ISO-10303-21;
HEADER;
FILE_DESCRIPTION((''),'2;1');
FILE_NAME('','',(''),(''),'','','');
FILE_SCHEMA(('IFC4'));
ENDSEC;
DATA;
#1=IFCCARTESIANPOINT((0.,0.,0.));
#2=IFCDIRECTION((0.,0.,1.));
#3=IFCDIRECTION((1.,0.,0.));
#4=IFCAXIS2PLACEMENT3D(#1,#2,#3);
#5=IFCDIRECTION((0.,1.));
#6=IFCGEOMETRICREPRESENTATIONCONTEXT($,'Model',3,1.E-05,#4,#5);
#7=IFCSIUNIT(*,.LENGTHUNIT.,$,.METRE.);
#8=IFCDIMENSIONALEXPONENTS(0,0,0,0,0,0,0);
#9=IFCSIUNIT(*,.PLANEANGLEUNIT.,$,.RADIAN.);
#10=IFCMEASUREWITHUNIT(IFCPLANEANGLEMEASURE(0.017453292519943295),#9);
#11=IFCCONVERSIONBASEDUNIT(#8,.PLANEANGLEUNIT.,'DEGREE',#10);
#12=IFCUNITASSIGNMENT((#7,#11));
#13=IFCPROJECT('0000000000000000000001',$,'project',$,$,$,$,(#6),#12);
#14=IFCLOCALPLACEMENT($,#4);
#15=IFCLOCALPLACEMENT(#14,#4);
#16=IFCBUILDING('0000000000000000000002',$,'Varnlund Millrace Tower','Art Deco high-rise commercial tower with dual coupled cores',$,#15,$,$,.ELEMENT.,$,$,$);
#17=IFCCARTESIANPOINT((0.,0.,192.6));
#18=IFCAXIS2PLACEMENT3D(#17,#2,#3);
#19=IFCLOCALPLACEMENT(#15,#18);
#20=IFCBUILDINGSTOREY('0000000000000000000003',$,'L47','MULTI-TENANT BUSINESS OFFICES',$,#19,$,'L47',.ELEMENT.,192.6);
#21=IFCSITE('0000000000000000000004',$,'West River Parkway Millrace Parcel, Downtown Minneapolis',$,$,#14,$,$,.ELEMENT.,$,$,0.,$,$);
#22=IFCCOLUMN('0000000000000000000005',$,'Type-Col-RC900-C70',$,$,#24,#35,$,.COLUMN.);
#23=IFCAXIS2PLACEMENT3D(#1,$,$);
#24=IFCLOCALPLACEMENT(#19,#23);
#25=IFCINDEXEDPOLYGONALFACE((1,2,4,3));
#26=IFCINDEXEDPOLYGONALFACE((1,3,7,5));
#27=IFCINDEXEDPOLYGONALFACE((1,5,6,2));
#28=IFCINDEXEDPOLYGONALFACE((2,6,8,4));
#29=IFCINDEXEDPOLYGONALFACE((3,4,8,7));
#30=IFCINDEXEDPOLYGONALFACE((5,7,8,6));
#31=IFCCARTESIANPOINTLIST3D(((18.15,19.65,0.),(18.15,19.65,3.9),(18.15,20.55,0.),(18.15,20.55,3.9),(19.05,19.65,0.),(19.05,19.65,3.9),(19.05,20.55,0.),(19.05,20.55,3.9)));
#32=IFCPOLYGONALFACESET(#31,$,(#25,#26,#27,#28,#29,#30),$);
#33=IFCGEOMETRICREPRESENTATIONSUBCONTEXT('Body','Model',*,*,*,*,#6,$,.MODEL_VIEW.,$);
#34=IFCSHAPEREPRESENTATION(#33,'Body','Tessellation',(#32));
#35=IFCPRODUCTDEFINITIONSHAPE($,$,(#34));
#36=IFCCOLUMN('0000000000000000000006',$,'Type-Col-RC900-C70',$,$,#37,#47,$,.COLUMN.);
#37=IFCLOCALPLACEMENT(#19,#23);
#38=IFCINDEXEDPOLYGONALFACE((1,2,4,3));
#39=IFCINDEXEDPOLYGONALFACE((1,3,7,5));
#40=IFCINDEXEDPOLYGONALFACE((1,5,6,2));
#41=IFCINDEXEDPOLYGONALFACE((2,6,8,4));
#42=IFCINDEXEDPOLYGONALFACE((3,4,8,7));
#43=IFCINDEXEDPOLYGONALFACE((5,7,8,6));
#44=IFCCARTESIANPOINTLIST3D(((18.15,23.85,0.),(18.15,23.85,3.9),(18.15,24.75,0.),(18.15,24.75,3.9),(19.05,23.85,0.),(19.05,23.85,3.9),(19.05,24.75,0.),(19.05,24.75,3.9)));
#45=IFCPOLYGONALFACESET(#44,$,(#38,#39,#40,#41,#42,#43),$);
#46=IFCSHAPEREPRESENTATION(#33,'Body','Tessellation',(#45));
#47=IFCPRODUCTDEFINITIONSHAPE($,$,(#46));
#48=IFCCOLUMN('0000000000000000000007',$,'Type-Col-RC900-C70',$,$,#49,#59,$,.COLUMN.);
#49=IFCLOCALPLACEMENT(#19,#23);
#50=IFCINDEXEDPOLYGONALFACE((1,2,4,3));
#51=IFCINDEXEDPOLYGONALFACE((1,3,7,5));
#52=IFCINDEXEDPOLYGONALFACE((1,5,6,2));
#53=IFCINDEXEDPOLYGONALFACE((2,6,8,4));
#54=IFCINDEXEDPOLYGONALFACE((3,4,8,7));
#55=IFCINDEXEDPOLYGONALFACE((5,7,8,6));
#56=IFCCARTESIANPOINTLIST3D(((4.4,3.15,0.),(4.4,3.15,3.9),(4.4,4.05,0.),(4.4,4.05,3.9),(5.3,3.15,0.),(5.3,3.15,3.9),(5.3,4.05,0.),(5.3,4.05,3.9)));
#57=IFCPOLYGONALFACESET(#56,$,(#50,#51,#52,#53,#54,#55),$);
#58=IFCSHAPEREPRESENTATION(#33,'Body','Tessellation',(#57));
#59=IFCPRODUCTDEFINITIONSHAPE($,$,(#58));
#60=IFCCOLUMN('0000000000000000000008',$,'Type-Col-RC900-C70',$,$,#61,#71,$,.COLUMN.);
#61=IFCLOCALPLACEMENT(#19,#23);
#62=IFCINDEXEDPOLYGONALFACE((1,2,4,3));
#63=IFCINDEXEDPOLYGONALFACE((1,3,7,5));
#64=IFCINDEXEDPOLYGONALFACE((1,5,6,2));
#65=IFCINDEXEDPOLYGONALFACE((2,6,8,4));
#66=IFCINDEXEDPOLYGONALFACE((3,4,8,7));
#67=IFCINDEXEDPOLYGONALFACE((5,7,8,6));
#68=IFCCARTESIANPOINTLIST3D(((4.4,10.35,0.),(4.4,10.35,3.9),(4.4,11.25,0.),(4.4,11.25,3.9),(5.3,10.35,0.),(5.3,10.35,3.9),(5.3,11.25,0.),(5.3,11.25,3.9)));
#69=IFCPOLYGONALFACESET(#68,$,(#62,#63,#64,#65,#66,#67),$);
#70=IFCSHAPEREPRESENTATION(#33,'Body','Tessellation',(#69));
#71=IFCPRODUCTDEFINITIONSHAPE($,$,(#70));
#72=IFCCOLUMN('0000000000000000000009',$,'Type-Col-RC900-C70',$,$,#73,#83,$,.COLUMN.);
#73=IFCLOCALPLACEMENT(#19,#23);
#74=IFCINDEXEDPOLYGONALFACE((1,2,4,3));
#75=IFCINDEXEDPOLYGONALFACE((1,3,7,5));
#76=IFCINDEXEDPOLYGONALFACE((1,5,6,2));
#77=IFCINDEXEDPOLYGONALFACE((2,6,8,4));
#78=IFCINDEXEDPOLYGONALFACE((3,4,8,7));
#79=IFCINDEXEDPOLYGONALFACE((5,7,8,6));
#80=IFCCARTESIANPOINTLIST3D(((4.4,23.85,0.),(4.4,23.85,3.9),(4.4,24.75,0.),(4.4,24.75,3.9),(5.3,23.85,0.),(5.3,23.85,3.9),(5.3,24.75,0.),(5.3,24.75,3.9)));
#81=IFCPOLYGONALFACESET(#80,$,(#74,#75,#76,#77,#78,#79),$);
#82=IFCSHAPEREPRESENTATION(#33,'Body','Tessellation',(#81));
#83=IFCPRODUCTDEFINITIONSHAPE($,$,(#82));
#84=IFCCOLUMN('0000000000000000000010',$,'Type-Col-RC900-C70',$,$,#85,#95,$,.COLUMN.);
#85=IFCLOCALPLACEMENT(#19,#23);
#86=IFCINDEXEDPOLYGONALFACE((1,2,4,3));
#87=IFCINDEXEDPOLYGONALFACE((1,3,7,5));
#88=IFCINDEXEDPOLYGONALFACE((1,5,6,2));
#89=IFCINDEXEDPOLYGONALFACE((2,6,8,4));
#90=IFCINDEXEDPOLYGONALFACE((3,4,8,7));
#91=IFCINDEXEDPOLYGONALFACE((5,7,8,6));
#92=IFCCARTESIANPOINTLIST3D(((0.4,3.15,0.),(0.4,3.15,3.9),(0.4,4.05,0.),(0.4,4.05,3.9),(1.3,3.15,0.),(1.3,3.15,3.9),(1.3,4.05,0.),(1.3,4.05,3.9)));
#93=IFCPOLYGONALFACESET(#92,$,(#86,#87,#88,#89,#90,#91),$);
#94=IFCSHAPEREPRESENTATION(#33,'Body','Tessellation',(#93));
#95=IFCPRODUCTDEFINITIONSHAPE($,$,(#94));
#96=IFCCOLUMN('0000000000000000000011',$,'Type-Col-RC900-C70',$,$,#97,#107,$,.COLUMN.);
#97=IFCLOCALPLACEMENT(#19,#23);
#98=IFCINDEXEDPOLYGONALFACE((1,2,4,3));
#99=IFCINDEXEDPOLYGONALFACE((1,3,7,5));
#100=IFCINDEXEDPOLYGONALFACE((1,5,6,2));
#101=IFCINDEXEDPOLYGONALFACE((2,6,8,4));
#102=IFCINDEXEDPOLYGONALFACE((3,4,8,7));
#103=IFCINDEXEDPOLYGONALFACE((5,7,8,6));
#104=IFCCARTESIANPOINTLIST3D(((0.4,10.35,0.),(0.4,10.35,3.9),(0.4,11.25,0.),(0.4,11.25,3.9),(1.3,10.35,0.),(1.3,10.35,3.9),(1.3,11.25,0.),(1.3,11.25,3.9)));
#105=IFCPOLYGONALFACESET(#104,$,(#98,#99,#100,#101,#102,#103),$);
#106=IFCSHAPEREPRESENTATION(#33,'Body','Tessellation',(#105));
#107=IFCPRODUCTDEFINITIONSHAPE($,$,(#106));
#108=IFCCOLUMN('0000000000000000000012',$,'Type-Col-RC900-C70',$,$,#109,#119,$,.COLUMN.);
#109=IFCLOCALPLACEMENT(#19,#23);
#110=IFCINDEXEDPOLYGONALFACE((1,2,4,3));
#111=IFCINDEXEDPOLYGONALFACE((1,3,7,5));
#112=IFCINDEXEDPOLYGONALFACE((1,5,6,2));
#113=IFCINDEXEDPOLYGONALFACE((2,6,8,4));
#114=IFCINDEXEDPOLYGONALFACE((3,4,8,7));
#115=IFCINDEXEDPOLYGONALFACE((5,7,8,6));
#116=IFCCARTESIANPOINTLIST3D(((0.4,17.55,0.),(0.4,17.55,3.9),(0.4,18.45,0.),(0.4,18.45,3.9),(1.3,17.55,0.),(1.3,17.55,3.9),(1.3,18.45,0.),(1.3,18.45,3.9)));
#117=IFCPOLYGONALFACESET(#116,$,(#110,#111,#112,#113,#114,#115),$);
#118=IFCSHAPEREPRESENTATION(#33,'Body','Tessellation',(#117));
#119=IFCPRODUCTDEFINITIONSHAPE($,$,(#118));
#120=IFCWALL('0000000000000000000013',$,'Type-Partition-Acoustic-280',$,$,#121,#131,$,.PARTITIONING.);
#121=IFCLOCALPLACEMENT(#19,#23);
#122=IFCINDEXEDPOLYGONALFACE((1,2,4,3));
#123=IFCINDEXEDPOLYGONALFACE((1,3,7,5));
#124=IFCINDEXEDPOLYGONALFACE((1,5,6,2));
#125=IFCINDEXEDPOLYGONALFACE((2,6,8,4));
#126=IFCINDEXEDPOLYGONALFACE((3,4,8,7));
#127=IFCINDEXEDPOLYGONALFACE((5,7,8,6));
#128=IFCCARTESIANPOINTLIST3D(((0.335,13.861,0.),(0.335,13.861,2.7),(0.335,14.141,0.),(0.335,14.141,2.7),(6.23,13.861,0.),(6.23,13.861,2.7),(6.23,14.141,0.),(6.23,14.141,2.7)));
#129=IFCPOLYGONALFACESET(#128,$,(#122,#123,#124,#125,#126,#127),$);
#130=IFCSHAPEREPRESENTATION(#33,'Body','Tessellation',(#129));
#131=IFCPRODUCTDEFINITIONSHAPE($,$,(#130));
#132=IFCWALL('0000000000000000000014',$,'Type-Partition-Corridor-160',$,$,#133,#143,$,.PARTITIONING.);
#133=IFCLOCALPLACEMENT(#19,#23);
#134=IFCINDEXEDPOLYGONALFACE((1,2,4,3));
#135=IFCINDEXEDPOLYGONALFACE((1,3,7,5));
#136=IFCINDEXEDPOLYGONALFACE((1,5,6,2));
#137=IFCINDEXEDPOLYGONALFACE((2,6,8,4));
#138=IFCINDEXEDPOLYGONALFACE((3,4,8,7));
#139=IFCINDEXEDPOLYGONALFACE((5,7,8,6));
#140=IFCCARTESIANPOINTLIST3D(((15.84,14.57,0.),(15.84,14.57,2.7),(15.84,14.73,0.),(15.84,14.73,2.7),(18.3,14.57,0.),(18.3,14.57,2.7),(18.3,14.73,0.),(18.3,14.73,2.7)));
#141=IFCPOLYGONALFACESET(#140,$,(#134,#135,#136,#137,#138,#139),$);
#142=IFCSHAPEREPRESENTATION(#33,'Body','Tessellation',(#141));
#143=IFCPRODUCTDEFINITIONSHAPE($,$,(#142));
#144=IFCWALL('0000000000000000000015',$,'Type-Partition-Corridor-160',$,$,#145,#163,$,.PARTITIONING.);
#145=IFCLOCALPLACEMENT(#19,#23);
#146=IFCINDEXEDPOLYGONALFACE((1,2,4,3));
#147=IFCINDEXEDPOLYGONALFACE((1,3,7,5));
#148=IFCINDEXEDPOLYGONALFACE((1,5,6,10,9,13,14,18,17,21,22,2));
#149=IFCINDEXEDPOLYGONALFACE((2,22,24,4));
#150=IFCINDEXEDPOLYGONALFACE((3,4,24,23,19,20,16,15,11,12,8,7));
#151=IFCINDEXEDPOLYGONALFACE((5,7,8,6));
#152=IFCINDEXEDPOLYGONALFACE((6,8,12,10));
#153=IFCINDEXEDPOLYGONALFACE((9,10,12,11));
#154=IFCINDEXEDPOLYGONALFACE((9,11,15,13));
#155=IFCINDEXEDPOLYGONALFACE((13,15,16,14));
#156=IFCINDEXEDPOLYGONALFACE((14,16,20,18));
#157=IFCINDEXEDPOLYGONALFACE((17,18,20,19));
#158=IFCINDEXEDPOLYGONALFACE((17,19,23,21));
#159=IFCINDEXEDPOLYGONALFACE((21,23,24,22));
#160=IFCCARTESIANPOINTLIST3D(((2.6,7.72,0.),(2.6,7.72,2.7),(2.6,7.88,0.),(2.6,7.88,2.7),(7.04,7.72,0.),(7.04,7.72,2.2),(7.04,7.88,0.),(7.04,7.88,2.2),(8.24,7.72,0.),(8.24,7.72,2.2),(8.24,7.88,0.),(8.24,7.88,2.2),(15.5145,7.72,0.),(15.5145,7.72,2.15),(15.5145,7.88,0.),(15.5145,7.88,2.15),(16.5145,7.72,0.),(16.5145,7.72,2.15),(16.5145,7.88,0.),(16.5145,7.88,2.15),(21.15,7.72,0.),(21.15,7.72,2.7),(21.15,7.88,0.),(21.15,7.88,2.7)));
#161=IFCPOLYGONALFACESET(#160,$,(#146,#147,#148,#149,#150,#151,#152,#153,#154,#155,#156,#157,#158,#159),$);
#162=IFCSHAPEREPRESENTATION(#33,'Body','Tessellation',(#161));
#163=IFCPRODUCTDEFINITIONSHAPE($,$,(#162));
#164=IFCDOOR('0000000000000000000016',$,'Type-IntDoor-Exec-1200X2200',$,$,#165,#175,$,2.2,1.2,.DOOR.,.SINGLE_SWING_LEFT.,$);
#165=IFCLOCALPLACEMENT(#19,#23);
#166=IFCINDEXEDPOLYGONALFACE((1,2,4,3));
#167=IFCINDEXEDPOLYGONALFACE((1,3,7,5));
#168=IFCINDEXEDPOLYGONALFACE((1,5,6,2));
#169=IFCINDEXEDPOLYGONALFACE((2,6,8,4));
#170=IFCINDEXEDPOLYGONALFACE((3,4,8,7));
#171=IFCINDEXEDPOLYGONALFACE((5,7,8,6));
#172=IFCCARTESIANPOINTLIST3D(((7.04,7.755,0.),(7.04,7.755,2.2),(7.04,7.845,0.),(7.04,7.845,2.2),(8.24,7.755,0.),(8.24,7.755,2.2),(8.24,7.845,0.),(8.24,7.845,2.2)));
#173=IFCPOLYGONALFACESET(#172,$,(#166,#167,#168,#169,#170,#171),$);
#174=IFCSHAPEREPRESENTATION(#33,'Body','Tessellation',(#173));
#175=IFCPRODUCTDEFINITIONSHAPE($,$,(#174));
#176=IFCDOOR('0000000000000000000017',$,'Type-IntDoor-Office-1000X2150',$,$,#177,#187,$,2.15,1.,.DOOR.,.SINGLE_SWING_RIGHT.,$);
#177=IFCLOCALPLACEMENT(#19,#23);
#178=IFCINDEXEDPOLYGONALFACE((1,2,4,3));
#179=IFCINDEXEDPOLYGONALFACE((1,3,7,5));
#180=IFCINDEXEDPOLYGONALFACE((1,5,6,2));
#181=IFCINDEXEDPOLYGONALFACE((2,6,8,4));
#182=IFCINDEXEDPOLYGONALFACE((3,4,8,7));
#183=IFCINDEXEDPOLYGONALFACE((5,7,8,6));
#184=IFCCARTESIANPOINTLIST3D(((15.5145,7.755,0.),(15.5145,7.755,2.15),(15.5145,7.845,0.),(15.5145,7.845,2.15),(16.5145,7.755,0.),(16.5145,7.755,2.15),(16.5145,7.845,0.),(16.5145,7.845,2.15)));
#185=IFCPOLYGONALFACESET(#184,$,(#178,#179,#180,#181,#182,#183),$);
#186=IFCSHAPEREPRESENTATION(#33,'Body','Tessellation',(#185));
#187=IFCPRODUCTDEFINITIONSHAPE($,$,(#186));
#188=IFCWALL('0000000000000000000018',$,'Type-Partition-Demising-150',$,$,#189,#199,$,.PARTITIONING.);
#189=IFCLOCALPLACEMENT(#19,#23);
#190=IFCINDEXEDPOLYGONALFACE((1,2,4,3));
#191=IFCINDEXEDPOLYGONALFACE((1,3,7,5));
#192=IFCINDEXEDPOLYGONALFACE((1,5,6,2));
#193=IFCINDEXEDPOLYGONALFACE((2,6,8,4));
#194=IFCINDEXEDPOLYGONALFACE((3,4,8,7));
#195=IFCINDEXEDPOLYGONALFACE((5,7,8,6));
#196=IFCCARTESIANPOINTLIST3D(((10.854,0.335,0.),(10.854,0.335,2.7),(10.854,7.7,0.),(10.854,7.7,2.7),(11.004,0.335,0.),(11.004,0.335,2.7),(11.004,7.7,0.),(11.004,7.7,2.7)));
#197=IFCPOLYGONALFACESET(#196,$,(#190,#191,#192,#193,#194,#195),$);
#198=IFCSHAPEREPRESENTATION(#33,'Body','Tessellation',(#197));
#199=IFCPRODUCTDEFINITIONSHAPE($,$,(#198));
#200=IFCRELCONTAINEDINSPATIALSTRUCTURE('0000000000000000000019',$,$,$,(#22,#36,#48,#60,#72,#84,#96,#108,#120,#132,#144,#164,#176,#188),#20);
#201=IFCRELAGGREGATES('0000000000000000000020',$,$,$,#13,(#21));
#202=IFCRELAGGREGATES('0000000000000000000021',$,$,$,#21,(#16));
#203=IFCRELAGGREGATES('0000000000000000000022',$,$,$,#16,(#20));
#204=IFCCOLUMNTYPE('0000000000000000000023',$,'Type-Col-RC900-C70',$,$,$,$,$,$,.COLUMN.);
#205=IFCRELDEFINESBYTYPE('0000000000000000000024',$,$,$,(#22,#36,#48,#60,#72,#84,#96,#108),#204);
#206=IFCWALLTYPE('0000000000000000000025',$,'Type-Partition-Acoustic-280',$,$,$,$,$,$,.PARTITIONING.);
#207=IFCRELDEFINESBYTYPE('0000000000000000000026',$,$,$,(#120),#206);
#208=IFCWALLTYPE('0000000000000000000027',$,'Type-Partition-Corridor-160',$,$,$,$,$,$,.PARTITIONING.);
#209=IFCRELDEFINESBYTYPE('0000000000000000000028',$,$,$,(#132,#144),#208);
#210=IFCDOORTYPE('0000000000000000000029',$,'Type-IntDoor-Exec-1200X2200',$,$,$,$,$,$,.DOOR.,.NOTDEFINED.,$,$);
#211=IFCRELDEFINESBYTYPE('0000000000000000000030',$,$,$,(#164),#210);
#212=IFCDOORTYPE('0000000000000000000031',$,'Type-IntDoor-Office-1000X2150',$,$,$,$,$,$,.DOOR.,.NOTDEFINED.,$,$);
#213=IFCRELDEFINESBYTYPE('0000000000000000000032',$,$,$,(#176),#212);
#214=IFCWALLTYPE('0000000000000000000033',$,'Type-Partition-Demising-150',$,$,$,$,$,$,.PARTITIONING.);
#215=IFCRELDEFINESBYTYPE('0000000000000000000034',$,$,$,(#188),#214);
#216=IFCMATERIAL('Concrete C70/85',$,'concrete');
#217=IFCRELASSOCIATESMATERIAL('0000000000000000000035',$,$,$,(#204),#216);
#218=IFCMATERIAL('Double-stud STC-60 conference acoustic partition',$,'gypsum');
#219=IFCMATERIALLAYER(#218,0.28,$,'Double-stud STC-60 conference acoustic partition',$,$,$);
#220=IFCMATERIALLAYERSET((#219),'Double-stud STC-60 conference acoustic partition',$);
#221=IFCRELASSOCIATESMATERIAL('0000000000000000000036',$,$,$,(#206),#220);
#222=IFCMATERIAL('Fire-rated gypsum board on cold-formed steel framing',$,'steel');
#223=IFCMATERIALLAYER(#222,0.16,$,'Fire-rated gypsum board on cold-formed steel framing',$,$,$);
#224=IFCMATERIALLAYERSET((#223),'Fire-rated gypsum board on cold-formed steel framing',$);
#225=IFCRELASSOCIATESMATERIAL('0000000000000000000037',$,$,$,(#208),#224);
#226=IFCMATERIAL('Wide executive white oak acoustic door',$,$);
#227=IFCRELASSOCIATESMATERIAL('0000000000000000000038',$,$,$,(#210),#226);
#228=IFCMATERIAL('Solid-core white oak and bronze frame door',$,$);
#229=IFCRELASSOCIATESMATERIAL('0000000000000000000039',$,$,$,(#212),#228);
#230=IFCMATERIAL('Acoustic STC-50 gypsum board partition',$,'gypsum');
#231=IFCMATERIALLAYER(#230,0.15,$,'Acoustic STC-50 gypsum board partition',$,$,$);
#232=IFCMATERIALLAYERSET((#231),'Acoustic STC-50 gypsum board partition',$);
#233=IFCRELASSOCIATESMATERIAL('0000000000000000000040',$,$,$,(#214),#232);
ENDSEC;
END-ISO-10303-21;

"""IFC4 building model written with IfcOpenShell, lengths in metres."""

from ifc_helpers import new_model, entity, si_unit, converted_unit, direction, frame, origin_with_axes, origin_2d_with_axis, place, context, subcontext, project, spatial, polyline, rectangle, outline, extrude, material, layer, layer_set, material_profile, profile_set, type_object, element, fill, save


model = new_model("IFC4")

# Units and contexts
model_context = context("Model", 3, precision=1e-05, world=origin_with_axes(), true_north=direction((0.0, 1.0)))
body_context = subcontext(model_context, "Body", "Model", "MODEL_VIEW")
ifc_project = project(units=[si_unit("LENGTHUNIT", "METRE"), converted_unit("PLANEANGLEUNIT", "DEGREE", entity("IfcPlaneAngleMeasure", 0.017453292519943295), si_unit("PLANEANGLEUNIT", "RADIAN"), dimensions=[0, 0, 0, 0, 0, 0, 0])], contexts=[model_context])

# Site, building, storey
site_placement = place(None, origin_with_axes())
site = spatial("IfcSite", under=ifc_project, at=site_placement, Name="West River Parkway Millrace Parcel, Downtown Minneapolis", CompositionType="ELEMENT", RefElevation=0.0)
building_placement = place(site_placement, origin_with_axes())
building = spatial("IfcBuilding", under=site, at=building_placement, Name="Varnlund Millrace Tower", Description="Art Deco high-rise commercial tower with dual coupled cores", CompositionType="ELEMENT")
storey_placement = place(building_placement, frame((0.0, 0.0, 192.6), z_axis=(0.0, 0.0, 1.0), x_axis=(1.0, 0.0, 0.0)))
storey = spatial("IfcBuildingStorey", under=building, at=storey_placement, Name="L47", Description="MULTI-TENANT BUSINESS OFFICES", LongName="L47", CompositionType="ELEMENT", Elevation=192.6)

# Columns
ifc_material_1 = material(Name="Concrete C70/85", Category="concrete")
ifc_material_profile = material_profile(ifc_material_1, rectangle(XDim=0.9, YDim=0.9, at=origin_2d_with_axis()), Name="Concrete C70/85")
ifc_profile_set = profile_set([ifc_material_profile], Name="Concrete C70/85")
column_type = type_object("IfcColumnType", Name="Type-Col-RC900-C70", PredefinedType="COLUMN", material=ifc_profile_set)
for number, where, z_axis, x_axis, name in (
    (1, (18.6, 20.1, 0.0), (0.0, 0.0, 1.0), (1.0, 0.0, 0.0), "Type-Col-RC900-C70"),
    (2, (18.6, 24.3, 0.0), (0.0, 0.0, 1.0), (1.0, 0.0, 0.0), "Type-Col-RC900-C70"),
    (3, (4.85, 3.6, 0.0), (0.0, 0.0, 1.0), (1.0, 0.0, 0.0), "Type-Col-RC900-C70"),
    (4, (4.85, 10.8, 0.0), (0.0, 0.0, 1.0), (1.0, 0.0, 0.0), "Type-Col-RC900-C70"),
    (5, (4.85, 24.3, 0.0), (0.0, 0.0, 1.0), (1.0, 0.0, 0.0), "Type-Col-RC900-C70"),
    (6, (0.85, 3.6, 0.0), (0.0, 0.0, 1.0), (1.0, 0.0, 0.0), "Type-Col-RC900-C70"),
    (7, (0.85, 10.8, 0.0), (0.0, 0.0, 1.0), (1.0, 0.0, 0.0), "Type-Col-RC900-C70"),
    (8, (0.85, 18.0, 0.0), (0.0, 0.0, 1.0), (1.0, 0.0, 0.0), "Type-Col-RC900-C70"),
):
    element("IfcColumn", number, at=place(storey_placement, frame(where, z_axis=z_axis, x_axis=x_axis)), inside=storey, type_object=column_type, Name=name, PredefinedType="COLUMN", context=body_context, shape_type="SweptSolid", body=[
        extrude(rectangle(XDim=0.9, YDim=0.9, at=origin_2d_with_axis()), origin_with_axes(), (0.0, 0.0, 1.0), 3.9),
    ])

# Walls
ifc_material_2 = material(Name="Double-stud STC-60 conference acoustic partition", Category="gypsum")
ifc_layer_1 = layer(ifc_material_2, 0.28, Name="Double-stud STC-60 conference acoustic partition")
ifc_layer_set_1 = layer_set([ifc_layer_1], Name="Double-stud STC-60 conference acoustic partition")
wall_type_1 = type_object("IfcWallType", Name="Type-Partition-Acoustic-280", PredefinedType="PARTITIONING", material=ifc_layer_set_1)
wall_1_placement = place(storey_placement, frame((0.335, 14.001, 0.0), z_axis=(0.0, 0.0, 1.0), x_axis=(1.0, 0.0, 0.0)))
element("IfcWall", 9, at=wall_1_placement, inside=storey, type_object=wall_type_1, Name="Type-Partition-Acoustic-280", PredefinedType="PARTITIONING", context=body_context, shape_type="SweptSolid", body=[
    extrude(outline(polyline([(0.0, -0.14), (5.895, -0.14), (5.895, 0.14), (0.0, 0.14), (0.0, -0.14)])), origin_with_axes(), (0.0, 0.0, 1.0), 2.7),
])
ifc_material_3 = material(Name="Fire-rated gypsum board on cold-formed steel framing", Category="steel")
ifc_layer_2 = layer(ifc_material_3, 0.16, Name="Fire-rated gypsum board on cold-formed steel framing")
ifc_layer_set_2 = layer_set([ifc_layer_2], Name="Fire-rated gypsum board on cold-formed steel framing")
wall_type_2 = type_object("IfcWallType", Name="Type-Partition-Corridor-160", PredefinedType="PARTITIONING", material=ifc_layer_set_2)
wall_2_placement = place(storey_placement, frame((15.84, 14.65, 0.0), z_axis=(0.0, 0.0, 1.0), x_axis=(1.0, 0.0, 0.0)))
element("IfcWall", 10, at=wall_2_placement, inside=storey, type_object=wall_type_2, Name="Type-Partition-Corridor-160", PredefinedType="PARTITIONING", context=body_context, shape_type="SweptSolid", body=[
    extrude(outline(polyline([(0.0, -0.08), (2.46, -0.08), (2.46, 0.08), (0.0, 0.08), (0.0, -0.08)])), origin_with_axes(), (0.0, 0.0, 1.0), 2.7),
])

# Wall, openings, doors
wall_3_placement = place(storey_placement, frame((2.6, 7.8, 0.0), z_axis=(0.0, 0.0, 1.0), x_axis=(1.0, 0.0, 0.0)))
wall_3 = element("IfcWall", 11, at=wall_3_placement, inside=storey, type_object=wall_type_2, Name="Type-Partition-Corridor-160", PredefinedType="PARTITIONING", context=body_context, shape_type="SweptSolid", body=[
    extrude(outline(polyline([(0.0, -0.08), (18.55, -0.08), (18.55, 0.08), (0.0, 0.08), (0.0, -0.08)])), origin_with_axes(), (0.0, 0.0, 1.0), 2.7),
])
opening_1_placement = place(wall_3_placement, frame((5.04, 0.0, 0.0), z_axis=(0.0, 0.0, 1.0), x_axis=(1.0, 0.0, 0.0)))
opening_1 = element("IfcOpeningElement", 12, at=opening_1_placement, cuts=wall_3, PredefinedType="OPENING", context=body_context, shape_type="SweptSolid", body=[
    extrude(rectangle(XDim=1.2, YDim=0.18, at=origin_2d_with_axis()), origin_with_axes(), (0.0, 0.0, 1.0), 2.2),
])
opening_2_placement = place(wall_3_placement, frame((13.4145, 0.0, 0.0), z_axis=(0.0, 0.0, 1.0), x_axis=(1.0, 0.0, 0.0)))
opening_2 = element("IfcOpeningElement", 13, at=opening_2_placement, cuts=wall_3, PredefinedType="OPENING", context=body_context, shape_type="SweptSolid", body=[
    extrude(rectangle(XDim=1.0, YDim=0.18, at=origin_2d_with_axis()), origin_with_axes(), (0.0, 0.0, 1.0), 2.15),
])
ifc_material_4 = material(Name="Wide executive white oak acoustic door")
door_type_1 = type_object("IfcDoorType", Name="Type-IntDoor-Exec-1200X2200", OperationType="NOTDEFINED", PredefinedType="DOOR", material=ifc_material_4)
door_1_placement = place(wall_3_placement, frame((5.04, 0.0, 0.0), z_axis=(0.0, 0.0, 1.0), x_axis=(1.0, 0.0, 0.0)))
door_1 = element("IfcDoor", 14, at=door_1_placement, inside=storey, type_object=door_type_1, Name="Type-IntDoor-Exec-1200X2200", OperationType="SINGLE_SWING_LEFT", OverallHeight=2.2, OverallWidth=1.2, PredefinedType="DOOR", context=body_context, shape_type="SweptSolid", body=[
    extrude(rectangle(XDim=1.2, YDim=0.09, at=origin_2d_with_axis()), origin_with_axes(), (0.0, 0.0, 1.0), 2.2),
])
fill(opening_1, door_1)
ifc_material_5 = material(Name="Solid-core white oak and bronze frame door")
door_type_2 = type_object("IfcDoorType", Name="Type-IntDoor-Office-1000X2150", OperationType="NOTDEFINED", PredefinedType="DOOR", material=ifc_material_5)
door_2_placement = place(wall_3_placement, frame((13.4145, 0.0, 0.0), z_axis=(0.0, 0.0, 1.0), x_axis=(1.0, 0.0, 0.0)))
door_2 = element("IfcDoor", 15, at=door_2_placement, inside=storey, type_object=door_type_2, Name="Type-IntDoor-Office-1000X2150", OperationType="SINGLE_SWING_RIGHT", OverallHeight=2.15, OverallWidth=1.0, PredefinedType="DOOR", context=body_context, shape_type="SweptSolid", body=[
    extrude(rectangle(XDim=1.0, YDim=0.09, at=origin_2d_with_axis()), origin_with_axes(), (0.0, 0.0, 1.0), 2.15),
])
fill(opening_2, door_2)

# Wall
ifc_material_6 = material(Name="Acoustic STC-50 gypsum board partition", Category="gypsum")
ifc_layer_3 = layer(ifc_material_6, 0.15, Name="Acoustic STC-50 gypsum board partition")
ifc_layer_set_3 = layer_set([ifc_layer_3], Name="Acoustic STC-50 gypsum board partition")
wall_type_3 = type_object("IfcWallType", Name="Type-Partition-Demising-150", PredefinedType="PARTITIONING", material=ifc_layer_set_3)
wall_4_placement = place(storey_placement, frame((10.929, 0.335, 0.0), z_axis=(0.0, 0.0, 1.0), x_axis=(0.0, 1.0, 0.0)))
element("IfcWall", 16, at=wall_4_placement, inside=storey, type_object=wall_type_3, Name="Type-Partition-Demising-150", PredefinedType="PARTITIONING", context=body_context, shape_type="SweptSolid", body=[
    extrude(outline(polyline([(0.0, -0.075), (7.365, -0.075), (7.365, 0.075), (0.0, 0.075), (0.0, -0.075)])), origin_with_axes(), (0.0, 0.0, 1.0), 2.7),
])

save(model, "model.ifc")
